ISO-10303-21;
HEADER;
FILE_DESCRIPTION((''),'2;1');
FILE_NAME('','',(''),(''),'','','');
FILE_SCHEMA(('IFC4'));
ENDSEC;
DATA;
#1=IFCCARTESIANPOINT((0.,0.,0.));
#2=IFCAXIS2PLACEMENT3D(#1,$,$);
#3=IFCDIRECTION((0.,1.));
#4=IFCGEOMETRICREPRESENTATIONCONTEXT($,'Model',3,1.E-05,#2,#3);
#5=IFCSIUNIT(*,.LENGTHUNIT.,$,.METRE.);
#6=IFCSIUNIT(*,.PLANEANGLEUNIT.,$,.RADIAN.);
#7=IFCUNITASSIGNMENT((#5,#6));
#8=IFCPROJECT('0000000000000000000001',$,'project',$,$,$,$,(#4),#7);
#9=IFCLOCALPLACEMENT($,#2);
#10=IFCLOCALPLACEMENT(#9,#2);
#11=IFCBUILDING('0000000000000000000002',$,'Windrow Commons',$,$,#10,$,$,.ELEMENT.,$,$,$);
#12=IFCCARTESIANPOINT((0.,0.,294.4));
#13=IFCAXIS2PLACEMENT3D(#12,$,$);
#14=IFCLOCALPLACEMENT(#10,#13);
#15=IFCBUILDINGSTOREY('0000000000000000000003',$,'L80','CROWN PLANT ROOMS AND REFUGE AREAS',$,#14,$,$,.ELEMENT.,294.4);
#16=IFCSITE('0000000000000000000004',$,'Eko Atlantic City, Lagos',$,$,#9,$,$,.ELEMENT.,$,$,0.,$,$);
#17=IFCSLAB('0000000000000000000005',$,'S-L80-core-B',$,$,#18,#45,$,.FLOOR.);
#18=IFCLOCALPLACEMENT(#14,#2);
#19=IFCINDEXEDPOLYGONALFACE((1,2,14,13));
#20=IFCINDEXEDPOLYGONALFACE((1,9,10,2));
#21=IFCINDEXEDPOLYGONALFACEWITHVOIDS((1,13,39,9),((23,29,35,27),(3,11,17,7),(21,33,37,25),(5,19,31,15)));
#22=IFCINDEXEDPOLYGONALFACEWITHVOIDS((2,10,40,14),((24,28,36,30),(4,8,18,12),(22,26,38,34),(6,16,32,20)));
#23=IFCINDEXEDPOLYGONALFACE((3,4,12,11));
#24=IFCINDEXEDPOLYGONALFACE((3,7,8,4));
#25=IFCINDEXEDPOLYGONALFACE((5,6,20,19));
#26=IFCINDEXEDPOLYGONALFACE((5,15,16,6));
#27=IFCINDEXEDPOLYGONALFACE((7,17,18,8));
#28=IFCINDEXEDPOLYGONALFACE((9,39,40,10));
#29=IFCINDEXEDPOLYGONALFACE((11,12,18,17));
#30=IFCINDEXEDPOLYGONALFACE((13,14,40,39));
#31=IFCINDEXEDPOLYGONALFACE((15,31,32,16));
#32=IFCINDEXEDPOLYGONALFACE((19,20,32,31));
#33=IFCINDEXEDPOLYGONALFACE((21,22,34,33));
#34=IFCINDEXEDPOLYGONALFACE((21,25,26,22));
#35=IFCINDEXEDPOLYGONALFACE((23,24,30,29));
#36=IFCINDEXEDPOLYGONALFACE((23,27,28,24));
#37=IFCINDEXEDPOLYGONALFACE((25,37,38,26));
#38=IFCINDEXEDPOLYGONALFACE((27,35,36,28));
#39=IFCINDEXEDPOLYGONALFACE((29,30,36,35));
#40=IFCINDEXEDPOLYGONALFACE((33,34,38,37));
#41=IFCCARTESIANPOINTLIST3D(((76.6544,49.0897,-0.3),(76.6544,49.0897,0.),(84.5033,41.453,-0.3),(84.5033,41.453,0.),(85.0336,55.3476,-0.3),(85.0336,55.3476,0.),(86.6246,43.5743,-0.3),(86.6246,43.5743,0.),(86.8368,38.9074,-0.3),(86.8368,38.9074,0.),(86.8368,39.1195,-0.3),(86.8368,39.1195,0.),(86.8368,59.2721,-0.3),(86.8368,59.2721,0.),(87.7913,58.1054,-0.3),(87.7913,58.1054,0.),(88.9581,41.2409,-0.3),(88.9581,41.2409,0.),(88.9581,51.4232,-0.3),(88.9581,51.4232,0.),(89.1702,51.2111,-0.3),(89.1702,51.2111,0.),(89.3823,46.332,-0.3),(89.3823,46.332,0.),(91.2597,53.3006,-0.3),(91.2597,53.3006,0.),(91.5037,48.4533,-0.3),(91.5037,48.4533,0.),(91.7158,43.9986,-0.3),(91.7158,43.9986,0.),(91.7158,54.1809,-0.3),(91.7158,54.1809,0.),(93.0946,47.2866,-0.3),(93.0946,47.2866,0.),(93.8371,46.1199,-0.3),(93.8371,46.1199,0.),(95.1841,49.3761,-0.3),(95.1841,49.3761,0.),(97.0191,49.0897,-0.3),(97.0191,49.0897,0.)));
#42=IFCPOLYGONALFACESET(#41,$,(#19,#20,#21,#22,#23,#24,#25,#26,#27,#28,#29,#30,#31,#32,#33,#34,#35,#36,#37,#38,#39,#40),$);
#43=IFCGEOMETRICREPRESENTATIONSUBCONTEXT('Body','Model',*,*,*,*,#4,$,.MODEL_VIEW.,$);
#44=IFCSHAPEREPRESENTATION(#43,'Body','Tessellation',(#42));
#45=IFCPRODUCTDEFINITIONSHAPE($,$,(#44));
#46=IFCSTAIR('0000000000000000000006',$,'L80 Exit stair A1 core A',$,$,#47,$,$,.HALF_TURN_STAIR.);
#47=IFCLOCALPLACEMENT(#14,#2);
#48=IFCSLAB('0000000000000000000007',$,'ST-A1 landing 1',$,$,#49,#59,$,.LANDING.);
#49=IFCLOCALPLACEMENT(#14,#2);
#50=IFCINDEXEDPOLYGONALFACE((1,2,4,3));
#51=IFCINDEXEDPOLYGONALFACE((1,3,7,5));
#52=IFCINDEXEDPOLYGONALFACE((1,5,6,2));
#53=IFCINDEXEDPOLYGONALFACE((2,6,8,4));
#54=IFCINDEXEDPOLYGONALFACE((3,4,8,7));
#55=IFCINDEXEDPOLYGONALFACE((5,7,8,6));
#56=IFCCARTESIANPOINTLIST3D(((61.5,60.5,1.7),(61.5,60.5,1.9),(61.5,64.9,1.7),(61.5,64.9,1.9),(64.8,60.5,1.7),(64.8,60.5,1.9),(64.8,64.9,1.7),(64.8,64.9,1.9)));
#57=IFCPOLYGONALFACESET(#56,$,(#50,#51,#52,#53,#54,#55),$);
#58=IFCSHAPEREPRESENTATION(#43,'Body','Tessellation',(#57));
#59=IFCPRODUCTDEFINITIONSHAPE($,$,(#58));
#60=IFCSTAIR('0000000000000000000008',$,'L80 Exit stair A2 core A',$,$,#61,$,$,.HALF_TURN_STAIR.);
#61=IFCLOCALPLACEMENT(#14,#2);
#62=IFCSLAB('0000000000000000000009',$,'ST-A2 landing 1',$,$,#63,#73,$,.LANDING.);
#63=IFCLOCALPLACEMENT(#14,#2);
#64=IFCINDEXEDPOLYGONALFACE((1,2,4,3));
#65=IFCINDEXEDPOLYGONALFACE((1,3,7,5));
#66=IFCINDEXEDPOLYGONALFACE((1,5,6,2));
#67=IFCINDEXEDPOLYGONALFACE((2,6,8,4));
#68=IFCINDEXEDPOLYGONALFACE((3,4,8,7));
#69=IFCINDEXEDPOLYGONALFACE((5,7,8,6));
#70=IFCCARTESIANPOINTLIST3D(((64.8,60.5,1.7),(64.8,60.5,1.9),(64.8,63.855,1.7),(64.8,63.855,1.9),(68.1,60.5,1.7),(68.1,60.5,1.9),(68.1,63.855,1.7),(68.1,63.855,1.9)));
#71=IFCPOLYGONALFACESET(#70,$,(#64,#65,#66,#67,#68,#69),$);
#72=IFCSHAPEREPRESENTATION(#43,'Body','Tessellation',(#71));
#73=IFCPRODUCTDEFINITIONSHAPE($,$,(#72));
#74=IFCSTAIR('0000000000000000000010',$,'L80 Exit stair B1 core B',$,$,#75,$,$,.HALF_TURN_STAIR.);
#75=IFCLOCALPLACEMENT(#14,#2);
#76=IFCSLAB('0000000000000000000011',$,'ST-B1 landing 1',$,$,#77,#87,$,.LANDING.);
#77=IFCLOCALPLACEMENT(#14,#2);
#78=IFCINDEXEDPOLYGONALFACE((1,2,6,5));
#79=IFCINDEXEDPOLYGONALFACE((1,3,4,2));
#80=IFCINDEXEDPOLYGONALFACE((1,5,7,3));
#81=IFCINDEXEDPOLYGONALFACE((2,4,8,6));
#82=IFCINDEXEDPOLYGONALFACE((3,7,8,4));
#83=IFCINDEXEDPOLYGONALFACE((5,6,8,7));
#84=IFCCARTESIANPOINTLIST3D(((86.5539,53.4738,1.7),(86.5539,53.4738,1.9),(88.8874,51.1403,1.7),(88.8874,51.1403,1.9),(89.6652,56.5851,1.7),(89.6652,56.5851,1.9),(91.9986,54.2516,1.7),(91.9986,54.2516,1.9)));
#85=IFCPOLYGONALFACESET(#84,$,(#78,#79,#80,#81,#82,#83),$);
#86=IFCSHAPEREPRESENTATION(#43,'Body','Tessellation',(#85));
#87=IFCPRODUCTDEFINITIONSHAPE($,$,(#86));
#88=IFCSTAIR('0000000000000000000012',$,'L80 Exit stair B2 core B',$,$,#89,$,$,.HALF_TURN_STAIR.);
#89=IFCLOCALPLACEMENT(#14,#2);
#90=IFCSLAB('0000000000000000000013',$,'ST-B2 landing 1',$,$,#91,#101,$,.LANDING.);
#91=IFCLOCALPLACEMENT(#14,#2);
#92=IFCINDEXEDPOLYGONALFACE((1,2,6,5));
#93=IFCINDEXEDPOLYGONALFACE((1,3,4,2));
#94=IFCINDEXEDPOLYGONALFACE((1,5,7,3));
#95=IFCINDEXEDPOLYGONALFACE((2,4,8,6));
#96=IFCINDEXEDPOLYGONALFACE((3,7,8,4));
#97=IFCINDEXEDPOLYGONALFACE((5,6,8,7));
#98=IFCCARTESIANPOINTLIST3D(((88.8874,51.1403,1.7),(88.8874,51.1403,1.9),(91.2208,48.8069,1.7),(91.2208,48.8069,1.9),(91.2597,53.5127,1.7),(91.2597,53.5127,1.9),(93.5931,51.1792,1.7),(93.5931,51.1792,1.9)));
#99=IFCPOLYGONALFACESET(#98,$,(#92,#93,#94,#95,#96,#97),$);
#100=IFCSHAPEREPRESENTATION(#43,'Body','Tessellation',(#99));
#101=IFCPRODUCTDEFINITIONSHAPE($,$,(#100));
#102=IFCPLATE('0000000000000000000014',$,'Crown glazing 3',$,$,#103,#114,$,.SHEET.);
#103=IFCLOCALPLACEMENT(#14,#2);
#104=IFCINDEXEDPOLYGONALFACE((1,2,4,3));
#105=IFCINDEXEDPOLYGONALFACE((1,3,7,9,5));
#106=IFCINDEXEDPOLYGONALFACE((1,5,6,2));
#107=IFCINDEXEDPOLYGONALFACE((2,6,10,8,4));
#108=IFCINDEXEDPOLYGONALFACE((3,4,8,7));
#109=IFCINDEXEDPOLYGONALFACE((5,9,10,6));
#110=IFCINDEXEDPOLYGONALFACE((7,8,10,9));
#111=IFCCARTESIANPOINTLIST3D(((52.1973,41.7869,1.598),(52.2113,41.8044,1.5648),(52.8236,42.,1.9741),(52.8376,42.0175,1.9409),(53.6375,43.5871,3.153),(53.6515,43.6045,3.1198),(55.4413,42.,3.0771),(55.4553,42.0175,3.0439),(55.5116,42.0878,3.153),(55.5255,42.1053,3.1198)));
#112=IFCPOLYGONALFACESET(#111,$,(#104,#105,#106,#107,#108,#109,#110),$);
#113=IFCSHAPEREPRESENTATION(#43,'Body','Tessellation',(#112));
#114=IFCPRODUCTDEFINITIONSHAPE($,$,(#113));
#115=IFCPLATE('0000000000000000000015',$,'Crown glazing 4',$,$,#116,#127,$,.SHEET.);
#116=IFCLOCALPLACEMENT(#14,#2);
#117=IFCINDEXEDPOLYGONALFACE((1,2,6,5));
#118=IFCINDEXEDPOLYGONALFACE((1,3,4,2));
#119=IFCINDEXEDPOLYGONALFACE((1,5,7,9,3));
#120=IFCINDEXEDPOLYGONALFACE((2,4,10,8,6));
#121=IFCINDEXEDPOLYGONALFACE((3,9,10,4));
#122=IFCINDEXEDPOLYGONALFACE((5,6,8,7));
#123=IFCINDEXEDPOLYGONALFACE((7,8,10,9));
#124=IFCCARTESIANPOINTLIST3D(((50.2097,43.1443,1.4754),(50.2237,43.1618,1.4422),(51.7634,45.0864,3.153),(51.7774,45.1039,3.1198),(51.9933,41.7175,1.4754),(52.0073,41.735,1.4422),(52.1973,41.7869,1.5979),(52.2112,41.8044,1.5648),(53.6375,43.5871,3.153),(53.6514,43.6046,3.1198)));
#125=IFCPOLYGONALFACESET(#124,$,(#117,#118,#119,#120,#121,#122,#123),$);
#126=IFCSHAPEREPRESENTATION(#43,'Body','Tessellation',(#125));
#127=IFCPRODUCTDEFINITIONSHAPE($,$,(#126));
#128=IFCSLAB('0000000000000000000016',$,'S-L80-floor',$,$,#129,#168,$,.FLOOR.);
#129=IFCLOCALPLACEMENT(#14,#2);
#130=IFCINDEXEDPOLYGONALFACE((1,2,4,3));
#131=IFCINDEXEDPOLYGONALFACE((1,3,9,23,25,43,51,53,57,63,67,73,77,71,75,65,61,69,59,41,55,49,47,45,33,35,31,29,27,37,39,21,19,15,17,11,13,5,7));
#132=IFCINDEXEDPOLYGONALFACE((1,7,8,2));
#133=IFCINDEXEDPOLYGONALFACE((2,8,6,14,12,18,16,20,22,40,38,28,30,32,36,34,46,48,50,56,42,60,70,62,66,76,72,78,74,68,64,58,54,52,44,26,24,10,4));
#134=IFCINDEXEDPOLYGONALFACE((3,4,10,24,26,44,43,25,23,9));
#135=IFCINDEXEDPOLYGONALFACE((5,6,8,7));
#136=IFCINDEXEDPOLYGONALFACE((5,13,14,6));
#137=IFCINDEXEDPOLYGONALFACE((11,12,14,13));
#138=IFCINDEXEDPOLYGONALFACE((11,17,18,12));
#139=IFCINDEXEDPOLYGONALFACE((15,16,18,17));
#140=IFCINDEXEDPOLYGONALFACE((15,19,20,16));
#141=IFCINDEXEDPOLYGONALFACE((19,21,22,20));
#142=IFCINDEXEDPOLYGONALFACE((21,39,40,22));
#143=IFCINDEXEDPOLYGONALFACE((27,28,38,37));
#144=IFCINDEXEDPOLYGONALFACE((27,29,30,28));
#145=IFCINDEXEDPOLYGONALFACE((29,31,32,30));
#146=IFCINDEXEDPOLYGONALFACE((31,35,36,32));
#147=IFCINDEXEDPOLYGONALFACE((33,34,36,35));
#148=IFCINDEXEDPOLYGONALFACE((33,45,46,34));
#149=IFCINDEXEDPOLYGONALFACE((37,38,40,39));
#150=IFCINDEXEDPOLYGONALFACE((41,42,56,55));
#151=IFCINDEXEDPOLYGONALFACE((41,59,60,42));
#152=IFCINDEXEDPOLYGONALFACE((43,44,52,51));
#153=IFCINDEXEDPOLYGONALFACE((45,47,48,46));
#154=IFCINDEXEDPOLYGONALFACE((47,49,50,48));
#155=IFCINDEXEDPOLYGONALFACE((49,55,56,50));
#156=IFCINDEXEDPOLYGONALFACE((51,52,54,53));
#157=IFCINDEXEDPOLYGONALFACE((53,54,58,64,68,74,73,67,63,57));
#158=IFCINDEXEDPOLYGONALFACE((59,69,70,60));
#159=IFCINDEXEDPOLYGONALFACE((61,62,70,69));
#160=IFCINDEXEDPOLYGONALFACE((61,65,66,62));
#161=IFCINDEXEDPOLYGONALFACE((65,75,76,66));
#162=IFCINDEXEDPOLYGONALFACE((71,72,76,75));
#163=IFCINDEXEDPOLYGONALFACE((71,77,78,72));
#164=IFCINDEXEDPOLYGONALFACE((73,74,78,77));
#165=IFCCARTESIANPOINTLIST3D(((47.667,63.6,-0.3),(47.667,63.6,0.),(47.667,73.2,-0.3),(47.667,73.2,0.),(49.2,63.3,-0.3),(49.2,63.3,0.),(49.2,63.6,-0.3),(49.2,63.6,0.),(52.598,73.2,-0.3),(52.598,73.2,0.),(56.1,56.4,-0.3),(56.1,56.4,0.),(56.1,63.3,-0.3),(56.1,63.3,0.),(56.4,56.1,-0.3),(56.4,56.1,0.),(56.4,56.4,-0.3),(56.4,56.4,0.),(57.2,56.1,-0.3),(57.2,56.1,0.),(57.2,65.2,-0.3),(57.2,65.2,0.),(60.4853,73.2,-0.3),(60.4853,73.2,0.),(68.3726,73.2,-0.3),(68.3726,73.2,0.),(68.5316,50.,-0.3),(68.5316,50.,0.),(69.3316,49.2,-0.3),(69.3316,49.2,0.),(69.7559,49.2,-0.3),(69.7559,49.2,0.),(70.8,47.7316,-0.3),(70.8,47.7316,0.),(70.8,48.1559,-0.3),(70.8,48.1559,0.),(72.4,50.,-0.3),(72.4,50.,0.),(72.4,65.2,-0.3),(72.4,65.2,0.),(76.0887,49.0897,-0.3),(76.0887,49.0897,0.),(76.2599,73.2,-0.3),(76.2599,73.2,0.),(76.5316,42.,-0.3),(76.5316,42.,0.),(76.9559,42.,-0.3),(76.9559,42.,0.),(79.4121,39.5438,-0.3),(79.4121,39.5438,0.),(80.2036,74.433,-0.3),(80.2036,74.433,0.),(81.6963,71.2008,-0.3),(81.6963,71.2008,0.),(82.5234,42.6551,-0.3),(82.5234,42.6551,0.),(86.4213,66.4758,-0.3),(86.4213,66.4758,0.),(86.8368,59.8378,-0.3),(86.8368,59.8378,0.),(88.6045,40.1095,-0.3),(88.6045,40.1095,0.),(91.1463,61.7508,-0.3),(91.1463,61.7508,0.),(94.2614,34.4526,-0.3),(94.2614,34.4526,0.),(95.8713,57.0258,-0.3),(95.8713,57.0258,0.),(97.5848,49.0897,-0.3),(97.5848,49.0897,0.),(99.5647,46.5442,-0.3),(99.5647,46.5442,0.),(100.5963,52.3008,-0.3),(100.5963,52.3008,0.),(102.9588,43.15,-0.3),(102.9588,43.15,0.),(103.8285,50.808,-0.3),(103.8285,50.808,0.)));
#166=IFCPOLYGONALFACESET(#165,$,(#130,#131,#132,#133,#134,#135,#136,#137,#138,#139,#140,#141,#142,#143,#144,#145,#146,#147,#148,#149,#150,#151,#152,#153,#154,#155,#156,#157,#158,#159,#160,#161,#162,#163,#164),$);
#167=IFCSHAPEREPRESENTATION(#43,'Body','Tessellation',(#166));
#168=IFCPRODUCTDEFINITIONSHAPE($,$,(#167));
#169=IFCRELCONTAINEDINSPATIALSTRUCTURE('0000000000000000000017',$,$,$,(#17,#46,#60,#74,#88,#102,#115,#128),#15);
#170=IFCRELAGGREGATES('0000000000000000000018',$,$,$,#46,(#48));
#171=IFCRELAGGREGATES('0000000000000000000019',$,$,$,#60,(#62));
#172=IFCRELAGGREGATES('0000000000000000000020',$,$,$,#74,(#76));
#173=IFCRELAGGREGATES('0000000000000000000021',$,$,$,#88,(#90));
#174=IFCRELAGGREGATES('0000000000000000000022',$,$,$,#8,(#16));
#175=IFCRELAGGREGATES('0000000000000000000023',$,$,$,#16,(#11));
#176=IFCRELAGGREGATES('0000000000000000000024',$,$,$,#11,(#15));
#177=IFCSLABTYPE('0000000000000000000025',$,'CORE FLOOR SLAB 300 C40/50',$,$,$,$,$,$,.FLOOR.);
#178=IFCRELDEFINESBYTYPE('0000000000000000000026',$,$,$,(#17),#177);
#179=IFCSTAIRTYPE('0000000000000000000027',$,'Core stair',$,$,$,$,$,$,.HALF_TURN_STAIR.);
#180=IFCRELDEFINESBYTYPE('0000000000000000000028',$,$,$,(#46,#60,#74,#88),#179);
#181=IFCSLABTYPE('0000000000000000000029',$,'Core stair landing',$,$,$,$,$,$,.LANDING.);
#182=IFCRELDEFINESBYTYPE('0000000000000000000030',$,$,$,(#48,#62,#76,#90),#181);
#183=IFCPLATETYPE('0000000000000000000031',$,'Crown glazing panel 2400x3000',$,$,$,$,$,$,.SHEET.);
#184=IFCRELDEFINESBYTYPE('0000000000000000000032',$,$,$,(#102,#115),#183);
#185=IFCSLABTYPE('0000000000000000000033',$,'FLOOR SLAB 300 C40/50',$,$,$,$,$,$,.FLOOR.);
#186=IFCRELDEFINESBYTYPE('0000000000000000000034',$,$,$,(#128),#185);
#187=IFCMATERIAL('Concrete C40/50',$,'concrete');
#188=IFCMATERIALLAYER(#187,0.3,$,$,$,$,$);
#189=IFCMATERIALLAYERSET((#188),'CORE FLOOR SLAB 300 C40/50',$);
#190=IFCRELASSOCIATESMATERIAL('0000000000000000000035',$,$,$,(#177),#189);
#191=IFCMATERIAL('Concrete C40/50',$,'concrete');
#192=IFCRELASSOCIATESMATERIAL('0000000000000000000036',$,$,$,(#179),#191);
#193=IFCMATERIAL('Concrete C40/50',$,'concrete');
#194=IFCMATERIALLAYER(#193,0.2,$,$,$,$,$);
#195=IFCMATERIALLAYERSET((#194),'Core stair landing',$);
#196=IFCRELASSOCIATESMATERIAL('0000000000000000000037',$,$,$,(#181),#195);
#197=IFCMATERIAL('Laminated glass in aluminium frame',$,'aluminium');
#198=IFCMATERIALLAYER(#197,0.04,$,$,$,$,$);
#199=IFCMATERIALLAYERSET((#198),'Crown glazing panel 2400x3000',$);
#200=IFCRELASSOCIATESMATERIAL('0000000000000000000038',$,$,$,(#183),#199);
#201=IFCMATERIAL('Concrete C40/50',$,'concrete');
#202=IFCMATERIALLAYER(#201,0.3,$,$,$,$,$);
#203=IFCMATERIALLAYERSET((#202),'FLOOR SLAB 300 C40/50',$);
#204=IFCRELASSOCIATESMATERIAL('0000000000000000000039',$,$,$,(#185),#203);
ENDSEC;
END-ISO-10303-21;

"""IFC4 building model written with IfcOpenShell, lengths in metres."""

from ifc_helpers import new_model, si_unit, direction, frame, origin, place, context, subcontext, project, spatial, polyline, outline, extrude, material, layer, layer_set, type_object, element, aggregate, save


model = new_model("IFC4")

# Units and contexts
model_context = context("Model", 3, precision=1e-05, world=origin(), true_north=direction((0.0, 1.0)))
body_context = subcontext(model_context, "Body", "Model", "MODEL_VIEW")
ifc_project = project(units=[si_unit("LENGTHUNIT", "METRE"), si_unit("PLANEANGLEUNIT", "RADIAN")], contexts=[model_context])

# Site, building, storey
site_placement = place(None, origin())
site = spatial("IfcSite", under=ifc_project, at=site_placement, Name="Eko Atlantic City, Lagos", CompositionType="ELEMENT", RefElevation=0.0)
building_placement = place(site_placement, origin())
building = spatial("IfcBuilding", under=site, at=building_placement, Name="Windrow Commons", CompositionType="ELEMENT")
storey_placement = place(building_placement, frame((0.0, 0.0, 294.4)))
storey = spatial("IfcBuildingStorey", under=building, at=storey_placement, Name="L80", Description="CROWN PLANT ROOMS AND REFUGE AREAS", CompositionType="ELEMENT", Elevation=294.4)

# Slab, openings
ifc_material_1 = material(Name="Concrete C40/50", Category="concrete")
ifc_layer_1 = layer(ifc_material_1, 0.3)
ifc_layer_set_1 = layer_set([ifc_layer_1], Name="CORE FLOOR SLAB 300 C40/50")
slab_type_1 = type_object("IfcSlabType", Name="CORE FLOOR SLAB 300 C40/50", PredefinedType="FLOOR", material=ifc_layer_set_1)
placement_1 = place(storey_placement, frame((0.0, 0.0, -0.3)))
slab_1 = element("IfcSlab", 1, at=placement_1, inside=storey, type_object=slab_type_1, Name="S-L80-core-B", PredefinedType="FLOOR", context=body_context, shape_type="SweptSolid", body=[
    extrude(outline(polyline([(86.8368, 59.2721), (97.0191, 49.0897), (86.8368, 38.9074), (76.6544, 49.0897), (86.8368, 59.2721)]), holes=[polyline([(86.8368, 39.1195), (88.9581, 41.2409), (86.6246, 43.5743), (84.5033, 41.453), (86.8368, 39.1195)]), polyline([(91.7158, 43.9986), (93.8371, 46.1199), (91.5037, 48.4533), (89.3823, 46.332), (91.7158, 43.9986)]), polyline([(88.9581, 51.4232), (91.7158, 54.1809), (87.7913, 58.1054), (85.0336, 55.3476), (88.9581, 51.4232)]), polyline([(93.0946, 47.2866), (95.1841, 49.3761), (91.2597, 53.3006), (89.1702, 51.2111), (93.0946, 47.2866)])]), origin(), (0.0, 0.0, 1.0), 0.3),
])
opening_1_placement = place(placement_1, origin())
element("IfcOpeningElement", 2, at=opening_1_placement, cuts=slab_1, PredefinedType="OPENING", context=body_context, shape_type="SweptSolid", body=[
    extrude(outline(polyline([(86.8368, 39.1266), (84.5104, 41.453), (86.6246, 43.5672), (88.951, 41.2409), (86.8368, 39.1266)])), origin(), (0.0, 0.0, 1.0), 0.3),
])
opening_2_placement = place(placement_1, origin())
element("IfcOpeningElement", 3, at=opening_2_placement, cuts=slab_1, PredefinedType="OPENING", context=body_context, shape_type="SweptSolid", body=[
    extrude(outline(polyline([(91.7158, 44.0057), (89.3894, 46.332), (91.5037, 48.4462), (93.83, 46.1199), (91.7158, 44.0057)])), origin(), (0.0, 0.0, 1.0), 0.3),
])
opening_3_placement = place(placement_1, origin())
element("IfcOpeningElement", 4, at=opening_3_placement, cuts=slab_1, PredefinedType="OPENING", context=body_context, shape_type="SweptSolid", body=[
    extrude(outline(polyline([(88.9581, 51.4303), (85.0407, 55.3476), (87.7913, 58.0983), (91.7087, 54.1809), (88.9581, 51.4303)])), origin(), (0.0, 0.0, 1.0), 0.3),
])
opening_4_placement = place(placement_1, origin())
element("IfcOpeningElement", 5, at=opening_4_placement, cuts=slab_1, PredefinedType="OPENING", context=body_context, shape_type="SweptSolid", body=[
    extrude(outline(polyline([(93.0946, 47.2937), (89.1773, 51.2111), (91.2597, 53.2935), (95.177, 49.3761), (93.0946, 47.2937)])), origin(), (0.0, 0.0, 1.0), 0.3),
])

# Stairs, slabs
ifc_material_2 = material(Name="Concrete C40/50", Category="concrete")
stair_type = type_object("IfcStairType", Name="Core stair", PredefinedType="HALF_TURN_STAIR", material=ifc_material_2)
placement_2 = place(storey_placement, origin())
stair_1 = element("IfcStair", 6, at=placement_2, inside=storey, type_object=stair_type, Name="L80 Exit stair A1 core A", PredefinedType="HALF_TURN_STAIR")
ifc_material_3 = material(Name="Concrete C40/50", Category="concrete")
ifc_layer_2 = layer(ifc_material_3, 0.2)
ifc_layer_set_2 = layer_set([ifc_layer_2], Name="Core stair landing")
slab_type_2 = type_object("IfcSlabType", Name="Core stair landing", PredefinedType="LANDING", material=ifc_layer_set_2)
placement_3 = place(storey_placement, frame((0.0, 0.0, 1.7)))
slab_2 = element("IfcSlab", 7, at=placement_3, type_object=slab_type_2, Name="ST-A1 landing 1", PredefinedType="LANDING", context=body_context, shape_type="SweptSolid", body=[
    extrude(outline(polyline([(61.5, 60.5), (64.8, 60.5), (64.8, 64.9), (61.5, 64.9), (61.5, 60.5)])), origin(), (0.0, 0.0, 1.0), 0.2),
])
aggregate(stair_1, [slab_2])
stair_2 = element("IfcStair", 8, at=placement_2, inside=storey, type_object=stair_type, Name="L80 Exit stair A2 core A", PredefinedType="HALF_TURN_STAIR")
slab_3 = element("IfcSlab", 9, at=placement_3, type_object=slab_type_2, Name="ST-A2 landing 1", PredefinedType="LANDING", context=body_context, shape_type="SweptSolid", body=[
    extrude(outline(polyline([(64.8, 60.5), (68.1, 60.5), (68.1, 63.855), (64.8, 63.855), (64.8, 60.5)])), origin(), (0.0, 0.0, 1.0), 0.2),
])
aggregate(stair_2, [slab_3])
stair_3 = element("IfcStair", 10, at=placement_2, inside=storey, type_object=stair_type, Name="L80 Exit stair B1 core B", PredefinedType="HALF_TURN_STAIR")
slab_4 = element("IfcSlab", 11, at=placement_3, type_object=slab_type_2, Name="ST-B1 landing 1", PredefinedType="LANDING", context=body_context, shape_type="SweptSolid", body=[
    extrude(outline(polyline([(86.5539, 53.4738), (88.8874, 51.1403), (91.9986, 54.2516), (89.6652, 56.5851), (86.5539, 53.4738)])), origin(), (0.0, 0.0, 1.0), 0.2),
])
aggregate(stair_3, [slab_4])
stair_4 = element("IfcStair", 12, at=placement_2, inside=storey, type_object=stair_type, Name="L80 Exit stair B2 core B", PredefinedType="HALF_TURN_STAIR")
slab_5 = element("IfcSlab", 13, at=placement_3, type_object=slab_type_2, Name="ST-B2 landing 1", PredefinedType="LANDING", context=body_context, shape_type="SweptSolid", body=[
    extrude(outline(polyline([(88.8874, 51.1403), (91.2208, 48.8069), (93.5931, 51.1792), (91.2597, 53.5127), (88.8874, 51.1403)])), origin(), (0.0, 0.0, 1.0), 0.2),
])
aggregate(stair_4, [slab_5])

# Plates
ifc_material_4 = material(Name="Laminated glass in aluminium frame", Category="aluminium")
ifc_layer_3 = layer(ifc_material_4, 0.04)
ifc_layer_set_3 = layer_set([ifc_layer_3], Name="Crown glazing panel 2400x3000")
plate_type = type_object("IfcPlateType", Name="Crown glazing panel 2400x3000", PredefinedType="SHEET", material=ifc_layer_set_3)
plate_1_placement = place(storey_placement, frame((52.8236, 42.0, 1.9741), z_axis=(-0.349319, -0.436679, 0.829029), x_axis=(-0.822984, -0.280007, -0.494261)))
element("IfcPlate", 14, at=plate_1_placement, inside=storey, type_object=plate_type, Name="Crown glazing 3", PredefinedType="SHEET", context=body_context, shape_type="SweptSolid", body=[
    extrude(outline(polyline([(0.0, 0.0), (0.761, 0.0), (-1.6969, -1.3006), (-2.8194, 0.8207), (-2.6995, 0.8841), (0.0, 0.0)])), origin(), (0.0, 0.0, -1.0), 0.04),
])
plate_2_placement = place(storey_placement, frame((51.9933, 41.7175, 1.4754), z_axis=(-0.349339, -0.436659, 0.829031), x_axis=(-0.780877, 0.624684, -0.00002)))
element("IfcPlate", 15, at=plate_2_placement, inside=storey, type_object=plate_type, Name="Crown glazing 4", PredefinedType="SHEET", context=body_context, shape_type="SweptSolid", body=[
    extrude(outline(polyline([(0.0, 0.0), (2.2841, 0.0), (2.284, -3.0), (-0.116, -2.9999), (-0.1159, -0.2191), (0.0, 0.0)])), origin(), (0.0, 0.0, -1.0), 0.04),
])

# Slab
ifc_material_5 = material(Name="Concrete C40/50", Category="concrete")
ifc_layer_4 = layer(ifc_material_5, 0.3)
ifc_layer_set_4 = layer_set([ifc_layer_4], Name="FLOOR SLAB 300 C40/50")
slab_type_3 = type_object("IfcSlabType", Name="FLOOR SLAB 300 C40/50", PredefinedType="FLOOR", material=ifc_layer_set_4)
element("IfcSlab", 16, at=placement_1, inside=storey, type_object=slab_type_3, Name="S-L80-floor", PredefinedType="FLOOR", context=body_context, shape_type="SweptSolid", body=[
    extrude(outline(polyline([(69.7559, 49.2), (70.8, 48.1559), (70.8, 47.7316), (76.5316, 42.0), (76.9559, 42.0), (79.4121, 39.5438), (82.5234, 42.6551), (76.0887, 49.0897), (86.8368, 59.8378), (97.5848, 49.0897), (88.6045, 40.1095), (94.2614, 34.4526), (102.9588, 43.15), (99.5647, 46.5442), (103.8285, 50.808), (100.5963, 52.3008), (95.8713, 57.0258), (91.1463, 61.7508), (86.4213, 66.4758), (81.6963, 71.2008), (80.2036, 74.433), (76.2599, 73.2), (68.3726, 73.2), (60.4853, 73.2), (52.598, 73.2), (47.667, 73.2), (47.667, 63.6), (49.2, 63.6), (49.2, 63.3), (56.1, 63.3), (56.1, 56.4), (56.4, 56.4), (56.4, 56.1), (57.2, 56.1), (57.2, 65.2), (72.4, 65.2), (72.4, 50.0), (68.5316, 50.0), (69.3316, 49.2), (69.7559, 49.2)])), origin(), (0.0, 0.0, 1.0), 0.3),
])

save(model, "model.ifc")
